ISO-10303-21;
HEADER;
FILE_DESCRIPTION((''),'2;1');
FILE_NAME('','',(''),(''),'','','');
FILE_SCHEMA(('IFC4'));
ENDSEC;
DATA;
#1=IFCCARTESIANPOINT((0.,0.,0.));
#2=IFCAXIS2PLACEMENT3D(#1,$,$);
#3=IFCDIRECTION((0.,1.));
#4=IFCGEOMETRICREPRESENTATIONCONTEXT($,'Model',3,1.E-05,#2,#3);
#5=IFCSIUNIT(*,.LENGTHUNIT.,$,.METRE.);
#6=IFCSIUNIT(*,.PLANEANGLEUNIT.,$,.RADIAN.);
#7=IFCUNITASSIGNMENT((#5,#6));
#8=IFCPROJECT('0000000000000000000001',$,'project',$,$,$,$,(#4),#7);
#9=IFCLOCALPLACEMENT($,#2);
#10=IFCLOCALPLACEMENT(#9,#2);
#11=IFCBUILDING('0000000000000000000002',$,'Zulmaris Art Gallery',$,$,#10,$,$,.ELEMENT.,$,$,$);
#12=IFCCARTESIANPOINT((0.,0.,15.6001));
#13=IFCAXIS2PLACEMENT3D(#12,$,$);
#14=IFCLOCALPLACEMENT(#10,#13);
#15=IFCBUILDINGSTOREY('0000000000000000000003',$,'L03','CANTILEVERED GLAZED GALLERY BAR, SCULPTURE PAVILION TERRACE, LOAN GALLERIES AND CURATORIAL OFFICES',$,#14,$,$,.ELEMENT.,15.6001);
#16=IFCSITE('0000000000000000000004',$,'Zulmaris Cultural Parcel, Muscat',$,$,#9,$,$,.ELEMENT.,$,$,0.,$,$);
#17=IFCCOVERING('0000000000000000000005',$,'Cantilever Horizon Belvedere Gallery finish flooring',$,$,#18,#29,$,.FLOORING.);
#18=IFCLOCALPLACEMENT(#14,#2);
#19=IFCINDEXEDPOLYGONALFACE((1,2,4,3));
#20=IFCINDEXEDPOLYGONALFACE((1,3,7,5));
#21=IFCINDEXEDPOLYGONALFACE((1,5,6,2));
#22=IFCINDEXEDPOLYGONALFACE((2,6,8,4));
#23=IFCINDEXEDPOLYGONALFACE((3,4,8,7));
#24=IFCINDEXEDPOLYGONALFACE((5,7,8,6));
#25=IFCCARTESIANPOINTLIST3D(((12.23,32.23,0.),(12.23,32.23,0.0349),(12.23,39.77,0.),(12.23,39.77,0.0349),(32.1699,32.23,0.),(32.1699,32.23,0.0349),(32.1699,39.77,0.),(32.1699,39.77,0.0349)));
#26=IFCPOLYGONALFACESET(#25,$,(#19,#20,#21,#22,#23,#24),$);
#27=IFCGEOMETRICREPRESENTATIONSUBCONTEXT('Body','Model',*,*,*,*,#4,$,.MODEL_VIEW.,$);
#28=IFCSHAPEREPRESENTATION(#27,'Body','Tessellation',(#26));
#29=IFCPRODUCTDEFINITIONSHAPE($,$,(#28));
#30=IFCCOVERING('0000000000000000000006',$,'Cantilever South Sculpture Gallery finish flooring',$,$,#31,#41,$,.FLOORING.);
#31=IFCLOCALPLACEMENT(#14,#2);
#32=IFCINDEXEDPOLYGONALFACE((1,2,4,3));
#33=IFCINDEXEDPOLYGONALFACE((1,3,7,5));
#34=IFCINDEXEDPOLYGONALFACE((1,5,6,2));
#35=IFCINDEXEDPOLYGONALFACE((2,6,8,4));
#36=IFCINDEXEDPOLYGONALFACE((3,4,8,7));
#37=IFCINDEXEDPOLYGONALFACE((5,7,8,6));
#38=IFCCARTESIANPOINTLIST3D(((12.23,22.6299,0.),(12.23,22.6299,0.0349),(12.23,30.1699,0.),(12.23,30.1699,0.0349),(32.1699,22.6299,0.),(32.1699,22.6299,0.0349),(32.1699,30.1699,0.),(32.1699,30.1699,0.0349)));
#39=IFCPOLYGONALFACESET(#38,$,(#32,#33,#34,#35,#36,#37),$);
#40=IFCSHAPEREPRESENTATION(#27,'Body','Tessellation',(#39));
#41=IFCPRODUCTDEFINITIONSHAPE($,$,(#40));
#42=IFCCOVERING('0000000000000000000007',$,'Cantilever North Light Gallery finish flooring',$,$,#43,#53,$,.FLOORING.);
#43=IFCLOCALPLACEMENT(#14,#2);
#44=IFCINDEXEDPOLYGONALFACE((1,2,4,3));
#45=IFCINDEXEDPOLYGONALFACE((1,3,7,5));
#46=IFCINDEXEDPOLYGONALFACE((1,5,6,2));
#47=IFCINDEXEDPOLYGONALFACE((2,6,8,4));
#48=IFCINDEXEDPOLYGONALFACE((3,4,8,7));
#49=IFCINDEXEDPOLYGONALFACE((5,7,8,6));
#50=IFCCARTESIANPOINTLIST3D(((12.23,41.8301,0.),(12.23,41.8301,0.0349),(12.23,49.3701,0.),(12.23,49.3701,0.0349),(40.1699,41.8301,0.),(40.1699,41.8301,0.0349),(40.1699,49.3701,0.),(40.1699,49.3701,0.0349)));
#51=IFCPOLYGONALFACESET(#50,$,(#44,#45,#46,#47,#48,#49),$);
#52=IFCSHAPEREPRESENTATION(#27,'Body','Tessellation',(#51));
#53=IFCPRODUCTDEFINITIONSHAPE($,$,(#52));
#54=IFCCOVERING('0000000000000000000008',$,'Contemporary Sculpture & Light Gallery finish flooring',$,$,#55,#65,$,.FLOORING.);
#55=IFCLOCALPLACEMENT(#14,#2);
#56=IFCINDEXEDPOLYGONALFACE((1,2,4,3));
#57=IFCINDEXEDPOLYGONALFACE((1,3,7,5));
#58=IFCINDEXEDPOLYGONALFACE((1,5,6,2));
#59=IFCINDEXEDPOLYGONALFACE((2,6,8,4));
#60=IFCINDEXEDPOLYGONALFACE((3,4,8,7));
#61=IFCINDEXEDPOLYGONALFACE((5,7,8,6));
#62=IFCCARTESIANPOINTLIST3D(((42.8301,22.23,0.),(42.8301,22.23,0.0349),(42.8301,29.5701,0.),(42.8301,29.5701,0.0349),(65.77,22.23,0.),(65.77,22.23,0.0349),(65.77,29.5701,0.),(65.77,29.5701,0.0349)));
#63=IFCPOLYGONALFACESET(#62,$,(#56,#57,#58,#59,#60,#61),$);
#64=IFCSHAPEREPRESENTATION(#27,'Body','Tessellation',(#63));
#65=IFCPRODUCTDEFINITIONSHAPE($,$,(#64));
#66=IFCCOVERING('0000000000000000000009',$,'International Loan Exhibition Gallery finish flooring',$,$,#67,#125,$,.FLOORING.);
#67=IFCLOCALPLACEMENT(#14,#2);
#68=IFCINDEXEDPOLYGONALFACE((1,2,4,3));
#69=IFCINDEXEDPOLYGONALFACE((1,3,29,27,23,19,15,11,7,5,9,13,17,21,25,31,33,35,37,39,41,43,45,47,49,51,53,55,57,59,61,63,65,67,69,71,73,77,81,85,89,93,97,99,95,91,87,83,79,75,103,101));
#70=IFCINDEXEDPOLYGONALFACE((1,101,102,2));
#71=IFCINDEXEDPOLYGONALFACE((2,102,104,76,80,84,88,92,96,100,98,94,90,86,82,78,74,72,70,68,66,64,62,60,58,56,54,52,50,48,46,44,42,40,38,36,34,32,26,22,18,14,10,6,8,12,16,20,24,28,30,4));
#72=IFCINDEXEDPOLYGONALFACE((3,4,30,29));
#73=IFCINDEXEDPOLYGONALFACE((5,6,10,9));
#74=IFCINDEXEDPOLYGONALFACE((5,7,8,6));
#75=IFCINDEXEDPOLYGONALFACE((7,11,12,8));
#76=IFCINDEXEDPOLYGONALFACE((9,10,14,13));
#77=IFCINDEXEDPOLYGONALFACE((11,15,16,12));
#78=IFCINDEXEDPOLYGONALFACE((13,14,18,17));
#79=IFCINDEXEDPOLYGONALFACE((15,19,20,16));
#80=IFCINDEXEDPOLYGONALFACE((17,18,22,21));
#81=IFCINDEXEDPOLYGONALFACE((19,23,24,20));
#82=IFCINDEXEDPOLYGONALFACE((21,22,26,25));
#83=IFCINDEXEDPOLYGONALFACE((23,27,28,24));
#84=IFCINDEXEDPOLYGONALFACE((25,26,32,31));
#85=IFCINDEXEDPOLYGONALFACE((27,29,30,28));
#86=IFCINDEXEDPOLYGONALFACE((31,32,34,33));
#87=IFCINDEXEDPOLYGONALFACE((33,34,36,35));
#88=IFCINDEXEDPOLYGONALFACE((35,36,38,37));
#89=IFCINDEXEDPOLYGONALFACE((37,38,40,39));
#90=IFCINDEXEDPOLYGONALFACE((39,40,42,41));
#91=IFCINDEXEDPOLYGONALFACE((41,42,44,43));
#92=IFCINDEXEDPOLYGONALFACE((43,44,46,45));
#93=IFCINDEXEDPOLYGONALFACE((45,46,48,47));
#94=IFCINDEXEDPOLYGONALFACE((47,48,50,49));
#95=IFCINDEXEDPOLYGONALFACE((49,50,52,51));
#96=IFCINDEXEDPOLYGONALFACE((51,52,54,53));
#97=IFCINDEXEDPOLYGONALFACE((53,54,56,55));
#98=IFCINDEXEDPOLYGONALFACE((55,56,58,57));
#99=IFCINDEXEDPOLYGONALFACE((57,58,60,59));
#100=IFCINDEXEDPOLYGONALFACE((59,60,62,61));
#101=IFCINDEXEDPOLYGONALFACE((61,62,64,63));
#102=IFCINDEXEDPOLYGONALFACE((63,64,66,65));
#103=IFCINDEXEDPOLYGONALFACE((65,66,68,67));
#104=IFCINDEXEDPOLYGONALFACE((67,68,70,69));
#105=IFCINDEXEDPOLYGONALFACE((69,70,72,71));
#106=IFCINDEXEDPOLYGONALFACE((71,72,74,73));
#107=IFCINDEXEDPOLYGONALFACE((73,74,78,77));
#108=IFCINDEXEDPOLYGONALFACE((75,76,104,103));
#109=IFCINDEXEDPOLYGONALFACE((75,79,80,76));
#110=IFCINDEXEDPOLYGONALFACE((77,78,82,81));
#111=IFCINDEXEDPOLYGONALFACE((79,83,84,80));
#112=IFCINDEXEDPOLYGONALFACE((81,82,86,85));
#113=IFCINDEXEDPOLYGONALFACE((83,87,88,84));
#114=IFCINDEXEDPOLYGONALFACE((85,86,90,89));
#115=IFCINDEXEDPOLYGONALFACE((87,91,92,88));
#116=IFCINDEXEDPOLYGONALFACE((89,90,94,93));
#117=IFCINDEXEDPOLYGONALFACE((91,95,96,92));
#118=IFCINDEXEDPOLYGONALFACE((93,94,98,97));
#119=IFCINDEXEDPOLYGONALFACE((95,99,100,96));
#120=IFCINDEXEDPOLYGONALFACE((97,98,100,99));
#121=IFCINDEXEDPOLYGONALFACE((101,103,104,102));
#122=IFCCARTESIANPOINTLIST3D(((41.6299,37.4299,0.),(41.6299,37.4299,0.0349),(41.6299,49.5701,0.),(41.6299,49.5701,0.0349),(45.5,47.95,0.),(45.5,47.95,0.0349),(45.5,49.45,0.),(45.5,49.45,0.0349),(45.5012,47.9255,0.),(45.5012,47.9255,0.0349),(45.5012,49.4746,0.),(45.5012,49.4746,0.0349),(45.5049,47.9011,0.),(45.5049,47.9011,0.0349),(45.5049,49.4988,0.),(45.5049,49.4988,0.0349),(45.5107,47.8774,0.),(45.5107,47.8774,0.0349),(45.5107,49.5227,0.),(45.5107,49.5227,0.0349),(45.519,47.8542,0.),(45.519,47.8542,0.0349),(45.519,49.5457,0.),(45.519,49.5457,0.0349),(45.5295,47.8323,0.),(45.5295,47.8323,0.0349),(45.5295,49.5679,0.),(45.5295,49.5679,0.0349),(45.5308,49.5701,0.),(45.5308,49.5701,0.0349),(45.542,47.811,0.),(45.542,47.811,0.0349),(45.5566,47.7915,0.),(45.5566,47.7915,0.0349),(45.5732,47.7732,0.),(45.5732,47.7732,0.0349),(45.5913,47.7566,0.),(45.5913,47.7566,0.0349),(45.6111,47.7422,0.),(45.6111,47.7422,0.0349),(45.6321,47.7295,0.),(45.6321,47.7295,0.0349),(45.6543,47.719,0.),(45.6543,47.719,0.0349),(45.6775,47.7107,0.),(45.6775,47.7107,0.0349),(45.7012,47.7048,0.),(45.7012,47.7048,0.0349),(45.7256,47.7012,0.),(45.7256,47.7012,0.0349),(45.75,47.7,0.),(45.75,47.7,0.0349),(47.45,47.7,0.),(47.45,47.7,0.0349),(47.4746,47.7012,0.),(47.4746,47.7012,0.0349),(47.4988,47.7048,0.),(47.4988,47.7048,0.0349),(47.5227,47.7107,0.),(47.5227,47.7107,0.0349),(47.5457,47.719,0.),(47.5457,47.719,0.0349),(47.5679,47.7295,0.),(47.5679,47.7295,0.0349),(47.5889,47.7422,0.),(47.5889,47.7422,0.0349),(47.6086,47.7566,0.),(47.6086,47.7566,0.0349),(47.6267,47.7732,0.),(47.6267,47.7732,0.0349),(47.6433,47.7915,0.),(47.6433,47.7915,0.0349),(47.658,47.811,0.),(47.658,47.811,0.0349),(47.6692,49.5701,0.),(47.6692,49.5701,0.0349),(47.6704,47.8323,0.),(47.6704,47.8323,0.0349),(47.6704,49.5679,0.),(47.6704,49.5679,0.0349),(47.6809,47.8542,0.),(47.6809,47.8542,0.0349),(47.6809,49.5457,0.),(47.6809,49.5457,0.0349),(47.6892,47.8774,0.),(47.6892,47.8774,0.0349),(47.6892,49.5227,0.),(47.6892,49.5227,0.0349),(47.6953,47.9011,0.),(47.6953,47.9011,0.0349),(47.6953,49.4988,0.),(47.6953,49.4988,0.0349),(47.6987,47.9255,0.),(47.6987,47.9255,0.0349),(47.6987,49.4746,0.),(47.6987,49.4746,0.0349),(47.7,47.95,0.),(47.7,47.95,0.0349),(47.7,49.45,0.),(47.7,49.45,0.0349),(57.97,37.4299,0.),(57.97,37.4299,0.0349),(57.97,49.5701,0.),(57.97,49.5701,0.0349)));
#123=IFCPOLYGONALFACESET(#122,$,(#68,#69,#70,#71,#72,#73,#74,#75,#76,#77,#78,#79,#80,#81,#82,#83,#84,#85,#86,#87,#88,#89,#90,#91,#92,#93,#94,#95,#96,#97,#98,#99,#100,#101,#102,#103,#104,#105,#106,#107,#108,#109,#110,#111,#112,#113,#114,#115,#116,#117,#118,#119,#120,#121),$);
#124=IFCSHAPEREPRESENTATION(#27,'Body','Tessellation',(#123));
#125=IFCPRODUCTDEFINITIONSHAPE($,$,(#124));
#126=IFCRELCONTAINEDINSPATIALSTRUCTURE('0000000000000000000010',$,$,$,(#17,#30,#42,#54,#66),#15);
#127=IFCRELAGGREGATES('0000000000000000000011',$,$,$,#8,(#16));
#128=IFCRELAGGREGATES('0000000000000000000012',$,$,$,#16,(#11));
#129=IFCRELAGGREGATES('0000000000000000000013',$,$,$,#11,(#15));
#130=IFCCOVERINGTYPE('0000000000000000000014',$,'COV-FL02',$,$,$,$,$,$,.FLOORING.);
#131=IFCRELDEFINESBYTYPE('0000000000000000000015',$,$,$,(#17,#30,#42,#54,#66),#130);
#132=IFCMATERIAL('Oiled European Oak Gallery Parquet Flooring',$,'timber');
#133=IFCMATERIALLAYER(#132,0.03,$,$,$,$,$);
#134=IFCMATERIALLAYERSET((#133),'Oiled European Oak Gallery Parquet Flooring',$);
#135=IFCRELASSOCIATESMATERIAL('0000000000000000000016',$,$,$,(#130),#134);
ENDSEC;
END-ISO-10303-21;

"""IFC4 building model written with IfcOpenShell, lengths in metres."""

from ifc_helpers import new_model, si_unit, direction, frame, origin, place, context, subcontext, project, spatial, polyline, outline, extrude, material, layer, layer_set, type_object, element, save


model = new_model("IFC4")

# Units and contexts
model_context = context("Model", 3, precision=1e-05, world=origin(), true_north=direction((0.0, 1.0)))
body_context = subcontext(model_context, "Body", "Model", "MODEL_VIEW")
ifc_project = project(units=[si_unit("LENGTHUNIT", "METRE"), si_unit("PLANEANGLEUNIT", "RADIAN")], contexts=[model_context])

# Site, building, storey
site_placement = place(None, origin())
site = spatial("IfcSite", under=ifc_project, at=site_placement, Name="Zulmaris Cultural Parcel, Muscat", CompositionType="ELEMENT", RefElevation=0.0)
building_placement = place(site_placement, origin())
building = spatial("IfcBuilding", under=site, at=building_placement, Name="Zulmaris Art Gallery", CompositionType="ELEMENT")
storey_placement = place(building_placement, frame((0.0, 0.0, 15.6001)))
storey = spatial("IfcBuildingStorey", under=building, at=storey_placement, Name="L03", Description="CANTILEVERED GLAZED GALLERY BAR, SCULPTURE PAVILION TERRACE, LOAN GALLERIES AND CURATORIAL OFFICES", CompositionType="ELEMENT", Elevation=15.6001)

# Coverings
ifc_material_1 = material(Name="Oiled European Oak Gallery Parquet Flooring", Category="timber")
ifc_layer_1 = layer(ifc_material_1, 0.03)
ifc_layer_set_1 = layer_set([ifc_layer_1], Name="Oiled European Oak Gallery Parquet Flooring")
covering_type_1 = type_object("IfcCoveringType", Name="COV-FL02", PredefinedType="FLOORING", material=ifc_layer_set_1)
covering_1_placement = place(storey_placement, origin())
element("IfcCovering", 1, at=covering_1_placement, inside=storey, type_object=covering_type_1, Name="Cantilever Horizon Belvedere Gallery finish flooring", PredefinedType="FLOORING", context=body_context, shape_type="SweptSolid", body=[
    extrude(outline(polyline([(32.1699, 32.23), (12.23, 32.23), (12.23, 39.77), (32.1699, 39.77), (32.1699, 32.23)])), origin(), (0.0, 0.0, 1.0), 0.0349),
])
covering_2_placement = place(storey_placement, origin())
element("IfcCovering", 2, at=covering_2_placement, inside=storey, type_object=covering_type_1, Name="Cantilever South Sculpture Gallery finish flooring", PredefinedType="FLOORING", context=body_context, shape_type="SweptSolid", body=[
    extrude(outline(polyline([(32.1699, 22.6299), (12.23, 22.6299), (12.23, 30.1699), (32.1699, 30.1699), (32.1699, 22.6299)])), origin(), (0.0, 0.0, 1.0), 0.0349),
])
covering_3_placement = place(storey_placement, origin())
element("IfcCovering", 3, at=covering_3_placement, inside=storey, type_object=covering_type_1, Name="Cantilever North Light Gallery finish flooring", PredefinedType="FLOORING", context=body_context, shape_type="SweptSolid", body=[
    extrude(outline(polyline([(40.1699, 41.8301), (12.23, 41.8301), (12.23, 49.3701), (40.1699, 49.3701), (40.1699, 41.8301)])), origin(), (0.0, 0.0, 1.0), 0.0349),
])
covering_4_placement = place(storey_placement, origin())
element("IfcCovering", 4, at=covering_4_placement, inside=storey, type_object=covering_type_1, Name="Contemporary Sculpture & Light Gallery finish flooring", PredefinedType="FLOORING", context=body_context, shape_type="SweptSolid", body=[
    extrude(outline(polyline([(65.77, 22.23), (42.8301, 22.23), (42.8301, 29.5701), (65.77, 29.5701), (65.77, 22.23)])), origin(), (0.0, 0.0, 1.0), 0.0349),
])
covering_5_placement = place(storey_placement, origin())
element("IfcCovering", 5, at=covering_5_placement, inside=storey, type_object=covering_type_1, Name="International Loan Exhibition Gallery finish flooring", PredefinedType="FLOORING", context=body_context, shape_type="SweptSolid", body=[
    extrude(outline(polyline([(45.5012, 47.9255), (45.5049, 47.9011), (45.5107, 47.8774), (45.519, 47.8542), (45.5295, 47.8323), (45.542, 47.811), (45.5566, 47.7915), (45.5732, 47.7732), (45.5913, 47.7566), (45.6111, 47.7422), (45.6321, 47.7295), (45.6543, 47.719), (45.6775, 47.7107), (45.7012, 47.7048), (45.7256, 47.7012), (45.75, 47.7), (47.45, 47.7), (47.4746, 47.7012), (47.4988, 47.7048), (47.5227, 47.7107), (47.5457, 47.719), (47.5679, 47.7295), (47.5889, 47.7422), (47.6086, 47.7566), (47.6267, 47.7732), (47.6433, 47.7915), (47.658, 47.811), (47.6704, 47.8323), (47.6809, 47.8542), (47.6892, 47.8774), (47.6953, 47.9011), (47.6987, 47.9255), (47.7, 47.95), (47.7, 49.45), (47.6987, 49.4746), (47.6953, 49.4988), (47.6892, 49.5227), (47.6809, 49.5457), (47.6704, 49.5679), (47.6692, 49.5701), (57.97, 49.5701), (57.97, 37.4299), (41.6299, 37.4299), (41.6299, 49.5701), (45.5308, 49.5701), (45.5295, 49.5679), (45.519, 49.5457), (45.5107, 49.5227), (45.5049, 49.4988), (45.5012, 49.4746), (45.5, 49.45), (45.5, 47.95), (45.5012, 47.9255)])), origin(), (0.0, 0.0, 1.0), 0.0349),
])

save(model, "model.ifc")
